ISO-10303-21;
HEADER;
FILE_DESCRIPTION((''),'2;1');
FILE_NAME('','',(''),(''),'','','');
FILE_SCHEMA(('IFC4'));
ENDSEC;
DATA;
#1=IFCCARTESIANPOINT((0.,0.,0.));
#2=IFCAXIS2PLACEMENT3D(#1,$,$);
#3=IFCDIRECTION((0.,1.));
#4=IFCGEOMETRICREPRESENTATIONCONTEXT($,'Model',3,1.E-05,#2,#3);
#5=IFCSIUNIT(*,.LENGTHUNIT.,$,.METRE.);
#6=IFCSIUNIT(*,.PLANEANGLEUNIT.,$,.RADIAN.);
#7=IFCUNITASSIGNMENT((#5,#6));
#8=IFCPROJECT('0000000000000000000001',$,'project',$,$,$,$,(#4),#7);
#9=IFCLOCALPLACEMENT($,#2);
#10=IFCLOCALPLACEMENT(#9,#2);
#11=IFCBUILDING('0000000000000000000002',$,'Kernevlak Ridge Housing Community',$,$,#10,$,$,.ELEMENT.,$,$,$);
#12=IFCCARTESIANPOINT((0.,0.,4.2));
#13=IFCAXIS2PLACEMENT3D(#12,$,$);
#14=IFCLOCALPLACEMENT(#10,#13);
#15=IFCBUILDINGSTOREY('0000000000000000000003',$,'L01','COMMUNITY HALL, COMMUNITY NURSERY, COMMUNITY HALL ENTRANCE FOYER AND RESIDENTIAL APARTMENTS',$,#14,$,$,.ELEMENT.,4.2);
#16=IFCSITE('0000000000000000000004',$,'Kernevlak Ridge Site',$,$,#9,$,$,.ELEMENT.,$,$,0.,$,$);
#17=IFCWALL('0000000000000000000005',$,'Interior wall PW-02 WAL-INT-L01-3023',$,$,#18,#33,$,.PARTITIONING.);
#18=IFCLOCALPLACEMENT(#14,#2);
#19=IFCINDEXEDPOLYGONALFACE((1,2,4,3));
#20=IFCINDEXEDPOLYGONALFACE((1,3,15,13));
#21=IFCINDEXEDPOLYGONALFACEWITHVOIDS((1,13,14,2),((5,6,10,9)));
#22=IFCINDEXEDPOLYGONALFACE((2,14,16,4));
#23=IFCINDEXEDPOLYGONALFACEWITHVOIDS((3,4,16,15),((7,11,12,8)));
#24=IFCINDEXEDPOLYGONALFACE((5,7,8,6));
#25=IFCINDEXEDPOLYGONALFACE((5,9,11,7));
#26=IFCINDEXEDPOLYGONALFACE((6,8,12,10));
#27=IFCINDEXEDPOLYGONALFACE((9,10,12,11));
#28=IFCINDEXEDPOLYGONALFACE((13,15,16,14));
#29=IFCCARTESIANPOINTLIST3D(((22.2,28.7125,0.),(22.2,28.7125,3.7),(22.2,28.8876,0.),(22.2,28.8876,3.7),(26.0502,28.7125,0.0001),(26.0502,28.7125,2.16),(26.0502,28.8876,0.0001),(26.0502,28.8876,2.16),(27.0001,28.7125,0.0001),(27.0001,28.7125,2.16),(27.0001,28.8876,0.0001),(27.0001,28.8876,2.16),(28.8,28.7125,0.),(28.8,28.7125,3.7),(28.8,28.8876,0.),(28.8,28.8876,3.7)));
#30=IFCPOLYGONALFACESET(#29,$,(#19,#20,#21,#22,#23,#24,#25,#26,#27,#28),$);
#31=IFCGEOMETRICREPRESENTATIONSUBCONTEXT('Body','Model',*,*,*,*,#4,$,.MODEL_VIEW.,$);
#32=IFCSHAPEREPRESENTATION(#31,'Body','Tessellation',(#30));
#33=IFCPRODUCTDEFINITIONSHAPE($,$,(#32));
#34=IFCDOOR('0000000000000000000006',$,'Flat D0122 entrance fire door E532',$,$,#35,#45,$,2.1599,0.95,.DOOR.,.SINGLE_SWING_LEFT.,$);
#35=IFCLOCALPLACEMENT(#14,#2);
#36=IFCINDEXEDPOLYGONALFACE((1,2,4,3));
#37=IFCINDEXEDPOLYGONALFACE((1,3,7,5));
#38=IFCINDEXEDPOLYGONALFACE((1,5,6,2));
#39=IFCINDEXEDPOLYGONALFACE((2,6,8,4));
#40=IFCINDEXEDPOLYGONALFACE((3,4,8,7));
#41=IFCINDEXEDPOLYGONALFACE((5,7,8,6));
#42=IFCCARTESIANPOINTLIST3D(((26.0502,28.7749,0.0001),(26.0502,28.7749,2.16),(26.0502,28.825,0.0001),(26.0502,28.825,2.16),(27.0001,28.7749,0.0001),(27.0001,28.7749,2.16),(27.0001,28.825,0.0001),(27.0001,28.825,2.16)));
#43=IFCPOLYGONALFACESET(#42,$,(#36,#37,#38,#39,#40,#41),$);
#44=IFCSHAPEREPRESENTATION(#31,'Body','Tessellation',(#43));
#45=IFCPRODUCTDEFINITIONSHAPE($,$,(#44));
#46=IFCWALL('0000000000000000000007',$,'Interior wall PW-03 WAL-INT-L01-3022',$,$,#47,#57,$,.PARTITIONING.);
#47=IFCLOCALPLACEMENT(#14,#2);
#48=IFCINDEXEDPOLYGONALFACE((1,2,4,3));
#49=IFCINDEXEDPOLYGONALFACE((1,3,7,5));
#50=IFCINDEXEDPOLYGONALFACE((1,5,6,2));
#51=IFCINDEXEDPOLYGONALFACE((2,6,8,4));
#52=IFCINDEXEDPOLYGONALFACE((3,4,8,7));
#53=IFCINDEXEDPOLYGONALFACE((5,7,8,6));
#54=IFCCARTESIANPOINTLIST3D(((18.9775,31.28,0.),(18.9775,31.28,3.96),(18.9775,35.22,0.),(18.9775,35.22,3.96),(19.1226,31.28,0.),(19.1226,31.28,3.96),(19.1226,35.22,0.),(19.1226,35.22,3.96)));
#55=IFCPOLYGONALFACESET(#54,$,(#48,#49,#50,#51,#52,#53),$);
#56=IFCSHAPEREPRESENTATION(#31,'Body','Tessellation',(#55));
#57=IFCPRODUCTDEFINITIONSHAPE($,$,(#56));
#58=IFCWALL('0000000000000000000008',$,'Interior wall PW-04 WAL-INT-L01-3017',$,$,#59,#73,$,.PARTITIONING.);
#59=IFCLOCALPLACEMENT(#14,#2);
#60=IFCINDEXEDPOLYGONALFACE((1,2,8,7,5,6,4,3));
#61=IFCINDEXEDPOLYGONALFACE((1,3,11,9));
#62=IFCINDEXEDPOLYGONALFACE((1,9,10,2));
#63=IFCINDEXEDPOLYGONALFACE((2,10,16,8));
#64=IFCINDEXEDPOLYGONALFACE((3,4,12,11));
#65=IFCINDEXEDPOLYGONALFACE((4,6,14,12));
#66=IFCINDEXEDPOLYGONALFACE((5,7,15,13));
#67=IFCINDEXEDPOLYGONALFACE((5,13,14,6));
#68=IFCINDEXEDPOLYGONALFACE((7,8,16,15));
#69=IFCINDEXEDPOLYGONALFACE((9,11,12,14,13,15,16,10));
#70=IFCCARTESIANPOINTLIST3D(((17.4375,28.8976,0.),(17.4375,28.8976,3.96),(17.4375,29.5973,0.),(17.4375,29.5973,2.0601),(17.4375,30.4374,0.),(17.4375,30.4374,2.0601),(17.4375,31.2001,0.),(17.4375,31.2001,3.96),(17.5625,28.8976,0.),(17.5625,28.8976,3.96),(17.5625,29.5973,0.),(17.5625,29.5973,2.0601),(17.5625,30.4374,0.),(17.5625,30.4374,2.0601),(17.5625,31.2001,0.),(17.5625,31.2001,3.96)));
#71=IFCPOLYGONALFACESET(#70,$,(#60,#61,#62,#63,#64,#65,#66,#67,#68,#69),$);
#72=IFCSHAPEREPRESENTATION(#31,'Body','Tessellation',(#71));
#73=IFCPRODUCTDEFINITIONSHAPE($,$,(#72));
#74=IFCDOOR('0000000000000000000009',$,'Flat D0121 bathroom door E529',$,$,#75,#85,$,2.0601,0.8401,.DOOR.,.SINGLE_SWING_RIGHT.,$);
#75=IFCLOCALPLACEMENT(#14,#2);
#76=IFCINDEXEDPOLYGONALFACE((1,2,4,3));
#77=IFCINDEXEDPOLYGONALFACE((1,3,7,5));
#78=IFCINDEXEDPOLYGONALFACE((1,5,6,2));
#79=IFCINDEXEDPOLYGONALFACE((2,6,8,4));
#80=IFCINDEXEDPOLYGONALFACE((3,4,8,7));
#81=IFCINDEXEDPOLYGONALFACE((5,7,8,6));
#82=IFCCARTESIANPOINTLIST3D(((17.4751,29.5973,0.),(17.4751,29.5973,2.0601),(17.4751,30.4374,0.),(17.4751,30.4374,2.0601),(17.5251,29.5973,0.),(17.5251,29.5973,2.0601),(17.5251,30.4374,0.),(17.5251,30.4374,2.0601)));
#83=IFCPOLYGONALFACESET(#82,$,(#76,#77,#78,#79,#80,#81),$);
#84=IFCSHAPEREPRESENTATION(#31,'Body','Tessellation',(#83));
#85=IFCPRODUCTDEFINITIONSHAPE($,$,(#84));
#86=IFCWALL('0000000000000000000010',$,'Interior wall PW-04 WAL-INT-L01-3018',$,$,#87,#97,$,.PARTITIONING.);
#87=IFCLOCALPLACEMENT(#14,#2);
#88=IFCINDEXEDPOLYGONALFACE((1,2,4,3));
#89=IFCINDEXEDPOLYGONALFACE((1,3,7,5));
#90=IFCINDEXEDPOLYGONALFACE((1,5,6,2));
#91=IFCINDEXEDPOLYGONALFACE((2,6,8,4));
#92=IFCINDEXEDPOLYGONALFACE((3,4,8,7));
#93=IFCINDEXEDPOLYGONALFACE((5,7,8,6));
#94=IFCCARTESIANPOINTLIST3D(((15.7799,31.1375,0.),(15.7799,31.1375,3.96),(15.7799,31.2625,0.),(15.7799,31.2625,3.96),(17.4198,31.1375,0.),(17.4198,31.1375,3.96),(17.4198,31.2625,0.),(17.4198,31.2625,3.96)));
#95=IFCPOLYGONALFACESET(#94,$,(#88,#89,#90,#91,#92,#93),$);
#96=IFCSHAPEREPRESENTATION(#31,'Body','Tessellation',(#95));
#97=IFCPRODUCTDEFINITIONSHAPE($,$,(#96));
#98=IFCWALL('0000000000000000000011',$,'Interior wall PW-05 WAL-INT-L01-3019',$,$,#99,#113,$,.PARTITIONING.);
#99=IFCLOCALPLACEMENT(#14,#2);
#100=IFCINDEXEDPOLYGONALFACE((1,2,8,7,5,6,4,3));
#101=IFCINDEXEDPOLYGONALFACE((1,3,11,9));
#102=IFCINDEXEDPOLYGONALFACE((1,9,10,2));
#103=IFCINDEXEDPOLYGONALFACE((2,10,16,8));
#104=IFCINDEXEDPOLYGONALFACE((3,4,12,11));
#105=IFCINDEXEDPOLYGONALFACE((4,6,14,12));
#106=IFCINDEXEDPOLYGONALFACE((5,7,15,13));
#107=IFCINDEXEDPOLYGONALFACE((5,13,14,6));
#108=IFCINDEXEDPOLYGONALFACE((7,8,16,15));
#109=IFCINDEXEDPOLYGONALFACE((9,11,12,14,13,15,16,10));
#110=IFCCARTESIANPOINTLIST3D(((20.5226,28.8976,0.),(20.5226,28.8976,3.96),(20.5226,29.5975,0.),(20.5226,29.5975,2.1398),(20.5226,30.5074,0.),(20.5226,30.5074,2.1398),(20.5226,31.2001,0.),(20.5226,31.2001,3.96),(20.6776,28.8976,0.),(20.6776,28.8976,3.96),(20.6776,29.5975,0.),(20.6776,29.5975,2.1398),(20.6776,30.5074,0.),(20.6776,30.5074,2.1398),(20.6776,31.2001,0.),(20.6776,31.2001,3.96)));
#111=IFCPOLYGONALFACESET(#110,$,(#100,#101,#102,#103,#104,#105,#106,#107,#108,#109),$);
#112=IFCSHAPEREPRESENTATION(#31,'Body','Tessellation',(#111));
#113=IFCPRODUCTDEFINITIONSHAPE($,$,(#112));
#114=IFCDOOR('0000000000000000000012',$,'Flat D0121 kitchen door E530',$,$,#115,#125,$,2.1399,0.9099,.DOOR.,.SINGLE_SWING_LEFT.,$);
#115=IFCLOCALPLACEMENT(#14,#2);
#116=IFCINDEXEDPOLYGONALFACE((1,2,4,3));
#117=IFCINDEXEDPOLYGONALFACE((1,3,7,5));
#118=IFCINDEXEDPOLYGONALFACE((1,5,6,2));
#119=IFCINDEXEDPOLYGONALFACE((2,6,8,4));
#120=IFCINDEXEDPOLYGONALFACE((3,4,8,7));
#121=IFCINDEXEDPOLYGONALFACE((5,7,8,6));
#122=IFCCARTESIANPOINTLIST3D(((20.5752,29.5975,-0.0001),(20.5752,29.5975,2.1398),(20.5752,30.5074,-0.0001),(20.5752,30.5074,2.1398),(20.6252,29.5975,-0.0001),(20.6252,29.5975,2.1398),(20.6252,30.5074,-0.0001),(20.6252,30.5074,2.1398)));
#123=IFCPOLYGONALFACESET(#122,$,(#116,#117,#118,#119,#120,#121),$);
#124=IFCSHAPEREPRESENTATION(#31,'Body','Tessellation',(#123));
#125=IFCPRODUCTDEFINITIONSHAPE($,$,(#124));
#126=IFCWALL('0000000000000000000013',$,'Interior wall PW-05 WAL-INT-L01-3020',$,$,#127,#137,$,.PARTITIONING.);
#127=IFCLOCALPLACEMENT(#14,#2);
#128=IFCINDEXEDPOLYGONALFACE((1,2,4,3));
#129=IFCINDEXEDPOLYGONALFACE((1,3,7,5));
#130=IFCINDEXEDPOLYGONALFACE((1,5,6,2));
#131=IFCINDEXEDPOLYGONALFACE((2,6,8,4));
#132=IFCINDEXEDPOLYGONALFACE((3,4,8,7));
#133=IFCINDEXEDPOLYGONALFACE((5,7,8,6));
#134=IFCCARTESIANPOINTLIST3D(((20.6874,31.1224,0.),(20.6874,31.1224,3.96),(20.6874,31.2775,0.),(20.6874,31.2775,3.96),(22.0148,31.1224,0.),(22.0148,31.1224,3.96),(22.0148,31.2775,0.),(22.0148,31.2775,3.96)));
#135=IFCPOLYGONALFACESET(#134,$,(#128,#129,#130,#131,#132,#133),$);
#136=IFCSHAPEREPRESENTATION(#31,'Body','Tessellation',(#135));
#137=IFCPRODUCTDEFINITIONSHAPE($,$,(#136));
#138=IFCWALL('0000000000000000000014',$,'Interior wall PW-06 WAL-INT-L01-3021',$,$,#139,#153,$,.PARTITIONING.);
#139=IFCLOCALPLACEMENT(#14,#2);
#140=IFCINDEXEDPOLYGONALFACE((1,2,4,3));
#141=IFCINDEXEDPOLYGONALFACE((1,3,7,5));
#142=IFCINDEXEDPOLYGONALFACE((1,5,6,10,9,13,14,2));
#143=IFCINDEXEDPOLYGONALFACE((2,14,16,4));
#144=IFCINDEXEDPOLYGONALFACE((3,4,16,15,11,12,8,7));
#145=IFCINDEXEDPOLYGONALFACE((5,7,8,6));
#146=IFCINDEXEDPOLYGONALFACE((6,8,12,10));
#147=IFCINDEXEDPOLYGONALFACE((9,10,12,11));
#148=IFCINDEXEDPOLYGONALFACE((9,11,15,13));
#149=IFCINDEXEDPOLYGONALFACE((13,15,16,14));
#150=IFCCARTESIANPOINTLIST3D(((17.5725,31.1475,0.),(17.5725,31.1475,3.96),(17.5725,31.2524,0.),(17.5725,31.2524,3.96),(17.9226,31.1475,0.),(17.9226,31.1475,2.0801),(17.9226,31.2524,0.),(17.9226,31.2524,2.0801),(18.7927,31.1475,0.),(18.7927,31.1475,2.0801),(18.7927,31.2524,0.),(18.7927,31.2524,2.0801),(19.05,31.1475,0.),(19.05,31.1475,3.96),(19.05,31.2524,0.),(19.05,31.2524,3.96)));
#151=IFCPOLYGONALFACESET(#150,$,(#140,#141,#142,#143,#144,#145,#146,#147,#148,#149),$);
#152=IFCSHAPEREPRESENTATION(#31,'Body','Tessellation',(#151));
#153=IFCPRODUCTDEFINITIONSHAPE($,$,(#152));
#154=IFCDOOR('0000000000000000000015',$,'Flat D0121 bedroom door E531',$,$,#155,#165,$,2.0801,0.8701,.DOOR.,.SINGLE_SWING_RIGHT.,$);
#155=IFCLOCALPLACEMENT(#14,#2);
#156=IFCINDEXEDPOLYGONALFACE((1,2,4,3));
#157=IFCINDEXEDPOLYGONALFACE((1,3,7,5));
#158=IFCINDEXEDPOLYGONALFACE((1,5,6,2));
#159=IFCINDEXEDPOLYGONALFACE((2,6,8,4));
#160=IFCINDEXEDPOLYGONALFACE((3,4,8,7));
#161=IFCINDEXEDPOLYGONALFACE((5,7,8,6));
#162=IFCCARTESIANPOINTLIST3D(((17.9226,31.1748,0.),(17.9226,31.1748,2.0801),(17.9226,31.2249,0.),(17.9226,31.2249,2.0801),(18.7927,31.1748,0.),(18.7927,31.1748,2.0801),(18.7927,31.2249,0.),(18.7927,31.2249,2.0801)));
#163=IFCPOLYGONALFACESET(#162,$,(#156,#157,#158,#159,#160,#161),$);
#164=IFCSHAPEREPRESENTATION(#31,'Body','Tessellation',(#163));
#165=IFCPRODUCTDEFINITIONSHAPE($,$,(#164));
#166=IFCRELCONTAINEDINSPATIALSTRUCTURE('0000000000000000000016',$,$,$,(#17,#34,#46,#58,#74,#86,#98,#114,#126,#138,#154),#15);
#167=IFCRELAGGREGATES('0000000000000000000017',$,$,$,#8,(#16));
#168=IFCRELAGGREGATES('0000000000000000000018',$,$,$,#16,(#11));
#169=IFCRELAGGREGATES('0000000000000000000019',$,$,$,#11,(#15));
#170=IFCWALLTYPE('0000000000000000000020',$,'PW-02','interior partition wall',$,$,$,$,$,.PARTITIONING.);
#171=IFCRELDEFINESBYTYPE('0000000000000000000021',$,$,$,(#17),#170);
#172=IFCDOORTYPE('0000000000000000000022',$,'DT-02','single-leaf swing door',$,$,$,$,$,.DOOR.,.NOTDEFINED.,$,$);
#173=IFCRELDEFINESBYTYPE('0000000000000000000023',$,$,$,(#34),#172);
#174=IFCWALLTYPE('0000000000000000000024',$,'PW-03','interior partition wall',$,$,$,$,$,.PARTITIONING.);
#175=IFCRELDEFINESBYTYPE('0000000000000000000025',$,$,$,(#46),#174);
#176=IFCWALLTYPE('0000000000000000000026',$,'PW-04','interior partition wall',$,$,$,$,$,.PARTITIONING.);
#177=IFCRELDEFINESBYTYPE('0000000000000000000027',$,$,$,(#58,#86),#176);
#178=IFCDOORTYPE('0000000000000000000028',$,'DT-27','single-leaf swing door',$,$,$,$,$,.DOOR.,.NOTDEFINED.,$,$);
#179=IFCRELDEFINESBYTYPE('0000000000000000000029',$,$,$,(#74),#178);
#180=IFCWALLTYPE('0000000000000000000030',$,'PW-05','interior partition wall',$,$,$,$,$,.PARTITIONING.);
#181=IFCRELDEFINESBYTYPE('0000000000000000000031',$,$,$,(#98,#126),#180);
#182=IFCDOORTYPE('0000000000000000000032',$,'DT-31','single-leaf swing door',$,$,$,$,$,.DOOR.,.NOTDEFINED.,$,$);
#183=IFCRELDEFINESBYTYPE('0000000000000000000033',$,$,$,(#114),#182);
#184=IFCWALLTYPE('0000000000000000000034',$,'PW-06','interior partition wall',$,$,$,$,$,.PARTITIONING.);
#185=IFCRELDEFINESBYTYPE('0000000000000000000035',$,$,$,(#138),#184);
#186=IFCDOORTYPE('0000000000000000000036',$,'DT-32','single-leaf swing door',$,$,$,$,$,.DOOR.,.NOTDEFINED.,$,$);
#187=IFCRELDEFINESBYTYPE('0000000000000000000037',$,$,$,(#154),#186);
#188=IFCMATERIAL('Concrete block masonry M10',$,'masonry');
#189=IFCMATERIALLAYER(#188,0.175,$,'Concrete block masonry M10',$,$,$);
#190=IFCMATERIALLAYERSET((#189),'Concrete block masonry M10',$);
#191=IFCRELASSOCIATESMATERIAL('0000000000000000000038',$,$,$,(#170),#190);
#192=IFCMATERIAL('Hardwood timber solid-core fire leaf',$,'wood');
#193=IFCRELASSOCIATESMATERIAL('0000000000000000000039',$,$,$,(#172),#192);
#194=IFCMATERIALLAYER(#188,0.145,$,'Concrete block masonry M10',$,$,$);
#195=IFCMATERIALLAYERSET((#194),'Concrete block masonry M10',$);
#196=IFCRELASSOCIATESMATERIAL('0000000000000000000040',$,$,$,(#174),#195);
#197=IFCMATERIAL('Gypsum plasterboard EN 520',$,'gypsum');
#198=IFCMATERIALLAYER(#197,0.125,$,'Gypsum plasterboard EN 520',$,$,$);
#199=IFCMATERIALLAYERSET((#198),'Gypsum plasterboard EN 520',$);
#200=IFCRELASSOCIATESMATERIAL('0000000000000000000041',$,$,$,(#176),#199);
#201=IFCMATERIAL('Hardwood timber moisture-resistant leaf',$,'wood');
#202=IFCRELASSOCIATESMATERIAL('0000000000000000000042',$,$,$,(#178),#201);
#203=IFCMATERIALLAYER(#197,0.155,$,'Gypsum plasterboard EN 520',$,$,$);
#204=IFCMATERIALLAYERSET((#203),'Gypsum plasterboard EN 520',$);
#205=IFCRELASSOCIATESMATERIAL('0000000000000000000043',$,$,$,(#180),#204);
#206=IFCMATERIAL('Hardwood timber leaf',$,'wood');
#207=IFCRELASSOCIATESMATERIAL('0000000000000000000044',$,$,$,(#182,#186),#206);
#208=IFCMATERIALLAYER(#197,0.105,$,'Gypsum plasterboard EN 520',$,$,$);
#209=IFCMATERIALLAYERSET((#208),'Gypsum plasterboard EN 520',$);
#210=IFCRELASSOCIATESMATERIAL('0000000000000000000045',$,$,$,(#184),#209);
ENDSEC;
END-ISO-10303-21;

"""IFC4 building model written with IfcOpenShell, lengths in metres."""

from ifc_helpers import new_model, si_unit, direction, frame, frame_2d, origin, place, context, subcontext, project, spatial, rectangle, extrude, material, layer, layer_set, type_object, element, fill, save


model = new_model("IFC4")

# Units and contexts
model_context = context("Model", 3, precision=1e-05, world=origin(), true_north=direction((0.0, 1.0)))
body_context = subcontext(model_context, "Body", "Model", "MODEL_VIEW")
ifc_project = project(units=[si_unit("LENGTHUNIT", "METRE"), si_unit("PLANEANGLEUNIT", "RADIAN")], contexts=[model_context])

# Site, building, storey
site_placement = place(None, origin())
site = spatial("IfcSite", under=ifc_project, at=site_placement, Name="Kernevlak Ridge Site", CompositionType="ELEMENT", RefElevation=0.0)
building_placement = place(site_placement, origin())
building = spatial("IfcBuilding", under=site, at=building_placement, Name="Kernevlak Ridge Housing Community", CompositionType="ELEMENT")
storey_placement = place(building_placement, frame((0.0, 0.0, 4.2)))
storey = spatial("IfcBuildingStorey", under=building, at=storey_placement, Name="L01", Description="COMMUNITY HALL, COMMUNITY NURSERY, COMMUNITY HALL ENTRANCE FOYER AND RESIDENTIAL APARTMENTS", CompositionType="ELEMENT", Elevation=4.2)

# Shared definitions
ifc_material_1 = material(Name="Concrete block masonry M10", Category="masonry")

# Wall, opening, door
ifc_layer_1 = layer(ifc_material_1, 0.175, Name="Concrete block masonry M10")
ifc_layer_set_1 = layer_set([ifc_layer_1], Name="Concrete block masonry M10")
wall_type_1 = type_object("IfcWallType", Name="PW-02", Description="interior partition wall", PredefinedType="PARTITIONING", material=ifc_layer_set_1)
wall_1_placement = place(storey_placement, frame((22.2, 28.8, 0.0), z_axis=(0.0, 0.0, 1.0), x_axis=(1.0, 0.0, 0.0)))
wall_1 = element("IfcWall", 1, at=wall_1_placement, inside=storey, type_object=wall_type_1, Name="Interior wall PW-02 WAL-INT-L01-3023", PredefinedType="PARTITIONING", context=body_context, shape_type="SweptSolid", body=[
    extrude(rectangle(XDim=6.6001, YDim=0.175, at=frame_2d((3.3, 0.0))), origin(), (0.0, 0.0, 1.0), 3.7),
])
opening_1_placement = place(wall_1_placement, frame((3.8501, 0.0, 0.0)))
opening_1 = element("IfcOpeningElement", 2, at=opening_1_placement, cuts=wall_1, PredefinedType="OPENING", context=body_context, shape_type="SweptSolid", body=[
    extrude(rectangle(XDim=0.95, YDim=2.1599, at=frame_2d((0.4751, 1.0801))), frame((0.0, 0.0974, 0.0), z_axis=(0.0, -1.0, 0.0), x_axis=(1.0, 0.0, 0.0)), (0.0, 0.0, 1.0), 0.1951),
])
ifc_material_2 = material(Name="Hardwood timber solid-core fire leaf", Category="wood")
door_type_1 = type_object("IfcDoorType", Name="DT-02", Description="single-leaf swing door", OperationType="NOTDEFINED", PredefinedType="DOOR", material=ifc_material_2)
door_1_placement = place(opening_1_placement, origin())
door_1 = element("IfcDoor", 3, at=door_1_placement, inside=storey, type_object=door_type_1, Name="Flat D0122 entrance fire door E532", OperationType="SINGLE_SWING_LEFT", OverallHeight=2.1599, OverallWidth=0.95, PredefinedType="DOOR", context=body_context, shape_type="SweptSolid", body=[
    extrude(rectangle(XDim=0.95, YDim=2.1599, at=frame_2d((0.4751, 1.0801))), frame((0.0, 0.0249, 0.0), z_axis=(0.0, -1.0, 0.0), x_axis=(1.0, 0.0, 0.0)), (0.0, 0.0, 1.0), 0.05),
])
fill(opening_1, door_1)

# Wall
ifc_layer_2 = layer(ifc_material_1, 0.145, Name="Concrete block masonry M10")
ifc_layer_set_2 = layer_set([ifc_layer_2], Name="Concrete block masonry M10")
wall_type_2 = type_object("IfcWallType", Name="PW-03", Description="interior partition wall", PredefinedType="PARTITIONING", material=ifc_layer_set_2)
wall_2_placement = place(storey_placement, frame((19.05, 31.28, 0.0), z_axis=(0.0, 0.0, 1.0), x_axis=(0.0, 1.0, 0.0)))
element("IfcWall", 4, at=wall_2_placement, inside=storey, type_object=wall_type_2, Name="Interior wall PW-03 WAL-INT-L01-3022", PredefinedType="PARTITIONING", context=body_context, shape_type="SweptSolid", body=[
    extrude(rectangle(XDim=3.9399, YDim=0.145, at=frame_2d((1.97, 0.0))), origin(), (0.0, 0.0, 1.0), 3.96),
])

# Wall, opening, door
ifc_material_3 = material(Name="Gypsum plasterboard EN 520", Category="gypsum")
ifc_layer_3 = layer(ifc_material_3, 0.125, Name="Gypsum plasterboard EN 520")
ifc_layer_set_3 = layer_set([ifc_layer_3], Name="Gypsum plasterboard EN 520")
wall_type_3 = type_object("IfcWallType", Name="PW-04", Description="interior partition wall", PredefinedType="PARTITIONING", material=ifc_layer_set_3)
wall_3_placement = place(storey_placement, frame((17.5, 28.8975, 0.0), z_axis=(0.0, 0.0, 1.0), x_axis=(0.0, 1.0, 0.0)))
wall_3 = element("IfcWall", 5, at=wall_3_placement, inside=storey, type_object=wall_type_3, Name="Interior wall PW-04 WAL-INT-L01-3017", PredefinedType="PARTITIONING", context=body_context, shape_type="SweptSolid", body=[
    extrude(rectangle(XDim=2.3025, YDim=0.125, at=frame_2d((1.1514, 0.0))), origin(), (0.0, 0.0, 1.0), 3.96),
])
opening_2_placement = place(wall_3_placement, frame((0.7, 0.0, 0.0)))
opening_2 = element("IfcOpeningElement", 6, at=opening_2_placement, cuts=wall_3, PredefinedType="OPENING", context=body_context, shape_type="SweptSolid", body=[
    extrude(rectangle(XDim=0.8401, YDim=2.0601, at=frame_2d((0.4199, 1.03))), frame((0.0, 0.0725, 0.0), z_axis=(0.0, -1.0, 0.0), x_axis=(1.0, 0.0, 0.0)), (0.0, 0.0, 1.0), 0.145),
])
ifc_material_4 = material(Name="Hardwood timber moisture-resistant leaf", Category="wood")
door_type_2 = type_object("IfcDoorType", Name="DT-27", Description="single-leaf swing door", OperationType="NOTDEFINED", PredefinedType="DOOR", material=ifc_material_4)
door_2_placement = place(opening_2_placement, origin())
door_2 = element("IfcDoor", 7, at=door_2_placement, inside=storey, type_object=door_type_2, Name="Flat D0121 bathroom door E529", OperationType="SINGLE_SWING_RIGHT", OverallHeight=2.0601, OverallWidth=0.8401, PredefinedType="DOOR", context=body_context, shape_type="SweptSolid", body=[
    extrude(rectangle(XDim=0.8401, YDim=2.0601, at=frame_2d((0.4199, 1.03))), frame((0.0, 0.0249, 0.0), z_axis=(0.0, -1.0, 0.0), x_axis=(1.0, 0.0, 0.0)), (0.0, 0.0, 1.0), 0.05),
])
fill(opening_2, door_2)

# Wall
wall_4_placement = place(storey_placement, frame((15.78, 31.2, 0.0), z_axis=(0.0, 0.0, 1.0), x_axis=(1.0, 0.0, 0.0)))
element("IfcWall", 8, at=wall_4_placement, inside=storey, type_object=wall_type_3, Name="Interior wall PW-04 WAL-INT-L01-3018", PredefinedType="PARTITIONING", context=body_context, shape_type="SweptSolid", body=[
    extrude(rectangle(XDim=1.6399, YDim=0.125, at=frame_2d((0.8198, 0.0))), origin(), (0.0, 0.0, 1.0), 3.96),
])

# Wall, opening, door
ifc_layer_4 = layer(ifc_material_3, 0.155, Name="Gypsum plasterboard EN 520")
ifc_layer_set_4 = layer_set([ifc_layer_4], Name="Gypsum plasterboard EN 520")
wall_type_4 = type_object("IfcWallType", Name="PW-05", Description="interior partition wall", PredefinedType="PARTITIONING", material=ifc_layer_set_4)
wall_5_placement = place(storey_placement, frame((20.6001, 28.8975, 0.0), z_axis=(0.0, 0.0, 1.0), x_axis=(0.0, 1.0, 0.0)))
wall_5 = element("IfcWall", 9, at=wall_5_placement, inside=storey, type_object=wall_type_4, Name="Interior wall PW-05 WAL-INT-L01-3019", PredefinedType="PARTITIONING", context=body_context, shape_type="SweptSolid", body=[
    extrude(rectangle(XDim=2.3025, YDim=0.155, at=frame_2d((1.1514, 0.0))), origin(), (0.0, 0.0, 1.0), 3.96),
])
opening_3_placement = place(wall_5_placement, frame((0.7, 0.0, 0.0)))
opening_3 = element("IfcOpeningElement", 10, at=opening_3_placement, cuts=wall_5, PredefinedType="OPENING", context=body_context, shape_type="SweptSolid", body=[
    extrude(rectangle(XDim=0.9099, YDim=2.1399, at=frame_2d((0.4551, 1.0698))), frame((0.0, 0.0874, 0.0), z_axis=(0.0, -1.0, 0.0), x_axis=(1.0, 0.0, 0.0)), (0.0, 0.0, 1.0), 0.175),
])
ifc_material_5 = material(Name="Hardwood timber leaf", Category="wood")
door_type_3 = type_object("IfcDoorType", Name="DT-31", Description="single-leaf swing door", OperationType="NOTDEFINED", PredefinedType="DOOR", material=ifc_material_5)
door_3_placement = place(opening_3_placement, origin())
door_3 = element("IfcDoor", 11, at=door_3_placement, inside=storey, type_object=door_type_3, Name="Flat D0121 kitchen door E530", OperationType="SINGLE_SWING_LEFT", OverallHeight=2.1399, OverallWidth=0.9099, PredefinedType="DOOR", context=body_context, shape_type="SweptSolid", body=[
    extrude(rectangle(XDim=0.9099, YDim=2.1399, at=frame_2d((0.4551, 1.0698))), frame((0.0, 0.0249, 0.0), z_axis=(0.0, -1.0, 0.0), x_axis=(1.0, 0.0, 0.0)), (0.0, 0.0, 1.0), 0.05),
])
fill(opening_3, door_3)

# Wall
wall_6_placement = place(storey_placement, frame((20.6875, 31.2, 0.0), z_axis=(0.0, 0.0, 1.0), x_axis=(1.0, 0.0, 0.0)))
element("IfcWall", 12, at=wall_6_placement, inside=storey, type_object=wall_type_4, Name="Interior wall PW-05 WAL-INT-L01-3020", PredefinedType="PARTITIONING", context=body_context, shape_type="SweptSolid", body=[
    extrude(rectangle(XDim=1.3274, YDim=0.155, at=frame_2d((0.6636, 0.0))), origin(), (0.0, 0.0, 1.0), 3.96),
])

# Wall, opening, door
ifc_layer_5 = layer(ifc_material_3, 0.105, Name="Gypsum plasterboard EN 520")
ifc_layer_set_5 = layer_set([ifc_layer_5], Name="Gypsum plasterboard EN 520")
wall_type_5 = type_object("IfcWallType", Name="PW-06", Description="interior partition wall", PredefinedType="PARTITIONING", material=ifc_layer_set_5)
wall_7_placement = place(storey_placement, frame((17.5725, 31.2, 0.0), z_axis=(0.0, 0.0, 1.0), x_axis=(1.0, 0.0, 0.0)))
wall_7 = element("IfcWall", 13, at=wall_7_placement, inside=storey, type_object=wall_type_5, Name="Interior wall PW-06 WAL-INT-L01-3021", PredefinedType="PARTITIONING", context=body_context, shape_type="SweptSolid", body=[
    extrude(rectangle(XDim=1.4775, YDim=0.105, at=frame_2d((0.7388, 0.0))), origin(), (0.0, 0.0, 1.0), 3.96),
])
opening_4_placement = place(wall_7_placement, frame((0.3501, 0.0, 0.0)))
opening_4 = element("IfcOpeningElement", 14, at=opening_4_placement, cuts=wall_7, PredefinedType="OPENING", context=body_context, shape_type="SweptSolid", body=[
    extrude(rectangle(XDim=0.8701, YDim=2.0801, at=frame_2d((0.4351, 1.04))), frame((0.0, 0.0625, 0.0), z_axis=(0.0, -1.0, 0.0), x_axis=(1.0, 0.0, 0.0)), (0.0, 0.0, 1.0), 0.125),
])
door_type_4 = type_object("IfcDoorType", Name="DT-32", Description="single-leaf swing door", OperationType="NOTDEFINED", PredefinedType="DOOR", material=ifc_material_5)
door_4_placement = place(opening_4_placement, origin())
door_4 = element("IfcDoor", 15, at=door_4_placement, inside=storey, type_object=door_type_4, Name="Flat D0121 bedroom door E531", OperationType="SINGLE_SWING_RIGHT", OverallHeight=2.0801, OverallWidth=0.8701, PredefinedType="DOOR", context=body_context, shape_type="SweptSolid", body=[
    extrude(rectangle(XDim=0.8701, YDim=2.0801, at=frame_2d((0.4351, 1.04))), frame((0.0, 0.0249, 0.0), z_axis=(0.0, -1.0, 0.0), x_axis=(1.0, 0.0, 0.0)), (0.0, 0.0, 1.0), 0.05),
])
fill(opening_4, door_4)

save(model, "model.ifc")
